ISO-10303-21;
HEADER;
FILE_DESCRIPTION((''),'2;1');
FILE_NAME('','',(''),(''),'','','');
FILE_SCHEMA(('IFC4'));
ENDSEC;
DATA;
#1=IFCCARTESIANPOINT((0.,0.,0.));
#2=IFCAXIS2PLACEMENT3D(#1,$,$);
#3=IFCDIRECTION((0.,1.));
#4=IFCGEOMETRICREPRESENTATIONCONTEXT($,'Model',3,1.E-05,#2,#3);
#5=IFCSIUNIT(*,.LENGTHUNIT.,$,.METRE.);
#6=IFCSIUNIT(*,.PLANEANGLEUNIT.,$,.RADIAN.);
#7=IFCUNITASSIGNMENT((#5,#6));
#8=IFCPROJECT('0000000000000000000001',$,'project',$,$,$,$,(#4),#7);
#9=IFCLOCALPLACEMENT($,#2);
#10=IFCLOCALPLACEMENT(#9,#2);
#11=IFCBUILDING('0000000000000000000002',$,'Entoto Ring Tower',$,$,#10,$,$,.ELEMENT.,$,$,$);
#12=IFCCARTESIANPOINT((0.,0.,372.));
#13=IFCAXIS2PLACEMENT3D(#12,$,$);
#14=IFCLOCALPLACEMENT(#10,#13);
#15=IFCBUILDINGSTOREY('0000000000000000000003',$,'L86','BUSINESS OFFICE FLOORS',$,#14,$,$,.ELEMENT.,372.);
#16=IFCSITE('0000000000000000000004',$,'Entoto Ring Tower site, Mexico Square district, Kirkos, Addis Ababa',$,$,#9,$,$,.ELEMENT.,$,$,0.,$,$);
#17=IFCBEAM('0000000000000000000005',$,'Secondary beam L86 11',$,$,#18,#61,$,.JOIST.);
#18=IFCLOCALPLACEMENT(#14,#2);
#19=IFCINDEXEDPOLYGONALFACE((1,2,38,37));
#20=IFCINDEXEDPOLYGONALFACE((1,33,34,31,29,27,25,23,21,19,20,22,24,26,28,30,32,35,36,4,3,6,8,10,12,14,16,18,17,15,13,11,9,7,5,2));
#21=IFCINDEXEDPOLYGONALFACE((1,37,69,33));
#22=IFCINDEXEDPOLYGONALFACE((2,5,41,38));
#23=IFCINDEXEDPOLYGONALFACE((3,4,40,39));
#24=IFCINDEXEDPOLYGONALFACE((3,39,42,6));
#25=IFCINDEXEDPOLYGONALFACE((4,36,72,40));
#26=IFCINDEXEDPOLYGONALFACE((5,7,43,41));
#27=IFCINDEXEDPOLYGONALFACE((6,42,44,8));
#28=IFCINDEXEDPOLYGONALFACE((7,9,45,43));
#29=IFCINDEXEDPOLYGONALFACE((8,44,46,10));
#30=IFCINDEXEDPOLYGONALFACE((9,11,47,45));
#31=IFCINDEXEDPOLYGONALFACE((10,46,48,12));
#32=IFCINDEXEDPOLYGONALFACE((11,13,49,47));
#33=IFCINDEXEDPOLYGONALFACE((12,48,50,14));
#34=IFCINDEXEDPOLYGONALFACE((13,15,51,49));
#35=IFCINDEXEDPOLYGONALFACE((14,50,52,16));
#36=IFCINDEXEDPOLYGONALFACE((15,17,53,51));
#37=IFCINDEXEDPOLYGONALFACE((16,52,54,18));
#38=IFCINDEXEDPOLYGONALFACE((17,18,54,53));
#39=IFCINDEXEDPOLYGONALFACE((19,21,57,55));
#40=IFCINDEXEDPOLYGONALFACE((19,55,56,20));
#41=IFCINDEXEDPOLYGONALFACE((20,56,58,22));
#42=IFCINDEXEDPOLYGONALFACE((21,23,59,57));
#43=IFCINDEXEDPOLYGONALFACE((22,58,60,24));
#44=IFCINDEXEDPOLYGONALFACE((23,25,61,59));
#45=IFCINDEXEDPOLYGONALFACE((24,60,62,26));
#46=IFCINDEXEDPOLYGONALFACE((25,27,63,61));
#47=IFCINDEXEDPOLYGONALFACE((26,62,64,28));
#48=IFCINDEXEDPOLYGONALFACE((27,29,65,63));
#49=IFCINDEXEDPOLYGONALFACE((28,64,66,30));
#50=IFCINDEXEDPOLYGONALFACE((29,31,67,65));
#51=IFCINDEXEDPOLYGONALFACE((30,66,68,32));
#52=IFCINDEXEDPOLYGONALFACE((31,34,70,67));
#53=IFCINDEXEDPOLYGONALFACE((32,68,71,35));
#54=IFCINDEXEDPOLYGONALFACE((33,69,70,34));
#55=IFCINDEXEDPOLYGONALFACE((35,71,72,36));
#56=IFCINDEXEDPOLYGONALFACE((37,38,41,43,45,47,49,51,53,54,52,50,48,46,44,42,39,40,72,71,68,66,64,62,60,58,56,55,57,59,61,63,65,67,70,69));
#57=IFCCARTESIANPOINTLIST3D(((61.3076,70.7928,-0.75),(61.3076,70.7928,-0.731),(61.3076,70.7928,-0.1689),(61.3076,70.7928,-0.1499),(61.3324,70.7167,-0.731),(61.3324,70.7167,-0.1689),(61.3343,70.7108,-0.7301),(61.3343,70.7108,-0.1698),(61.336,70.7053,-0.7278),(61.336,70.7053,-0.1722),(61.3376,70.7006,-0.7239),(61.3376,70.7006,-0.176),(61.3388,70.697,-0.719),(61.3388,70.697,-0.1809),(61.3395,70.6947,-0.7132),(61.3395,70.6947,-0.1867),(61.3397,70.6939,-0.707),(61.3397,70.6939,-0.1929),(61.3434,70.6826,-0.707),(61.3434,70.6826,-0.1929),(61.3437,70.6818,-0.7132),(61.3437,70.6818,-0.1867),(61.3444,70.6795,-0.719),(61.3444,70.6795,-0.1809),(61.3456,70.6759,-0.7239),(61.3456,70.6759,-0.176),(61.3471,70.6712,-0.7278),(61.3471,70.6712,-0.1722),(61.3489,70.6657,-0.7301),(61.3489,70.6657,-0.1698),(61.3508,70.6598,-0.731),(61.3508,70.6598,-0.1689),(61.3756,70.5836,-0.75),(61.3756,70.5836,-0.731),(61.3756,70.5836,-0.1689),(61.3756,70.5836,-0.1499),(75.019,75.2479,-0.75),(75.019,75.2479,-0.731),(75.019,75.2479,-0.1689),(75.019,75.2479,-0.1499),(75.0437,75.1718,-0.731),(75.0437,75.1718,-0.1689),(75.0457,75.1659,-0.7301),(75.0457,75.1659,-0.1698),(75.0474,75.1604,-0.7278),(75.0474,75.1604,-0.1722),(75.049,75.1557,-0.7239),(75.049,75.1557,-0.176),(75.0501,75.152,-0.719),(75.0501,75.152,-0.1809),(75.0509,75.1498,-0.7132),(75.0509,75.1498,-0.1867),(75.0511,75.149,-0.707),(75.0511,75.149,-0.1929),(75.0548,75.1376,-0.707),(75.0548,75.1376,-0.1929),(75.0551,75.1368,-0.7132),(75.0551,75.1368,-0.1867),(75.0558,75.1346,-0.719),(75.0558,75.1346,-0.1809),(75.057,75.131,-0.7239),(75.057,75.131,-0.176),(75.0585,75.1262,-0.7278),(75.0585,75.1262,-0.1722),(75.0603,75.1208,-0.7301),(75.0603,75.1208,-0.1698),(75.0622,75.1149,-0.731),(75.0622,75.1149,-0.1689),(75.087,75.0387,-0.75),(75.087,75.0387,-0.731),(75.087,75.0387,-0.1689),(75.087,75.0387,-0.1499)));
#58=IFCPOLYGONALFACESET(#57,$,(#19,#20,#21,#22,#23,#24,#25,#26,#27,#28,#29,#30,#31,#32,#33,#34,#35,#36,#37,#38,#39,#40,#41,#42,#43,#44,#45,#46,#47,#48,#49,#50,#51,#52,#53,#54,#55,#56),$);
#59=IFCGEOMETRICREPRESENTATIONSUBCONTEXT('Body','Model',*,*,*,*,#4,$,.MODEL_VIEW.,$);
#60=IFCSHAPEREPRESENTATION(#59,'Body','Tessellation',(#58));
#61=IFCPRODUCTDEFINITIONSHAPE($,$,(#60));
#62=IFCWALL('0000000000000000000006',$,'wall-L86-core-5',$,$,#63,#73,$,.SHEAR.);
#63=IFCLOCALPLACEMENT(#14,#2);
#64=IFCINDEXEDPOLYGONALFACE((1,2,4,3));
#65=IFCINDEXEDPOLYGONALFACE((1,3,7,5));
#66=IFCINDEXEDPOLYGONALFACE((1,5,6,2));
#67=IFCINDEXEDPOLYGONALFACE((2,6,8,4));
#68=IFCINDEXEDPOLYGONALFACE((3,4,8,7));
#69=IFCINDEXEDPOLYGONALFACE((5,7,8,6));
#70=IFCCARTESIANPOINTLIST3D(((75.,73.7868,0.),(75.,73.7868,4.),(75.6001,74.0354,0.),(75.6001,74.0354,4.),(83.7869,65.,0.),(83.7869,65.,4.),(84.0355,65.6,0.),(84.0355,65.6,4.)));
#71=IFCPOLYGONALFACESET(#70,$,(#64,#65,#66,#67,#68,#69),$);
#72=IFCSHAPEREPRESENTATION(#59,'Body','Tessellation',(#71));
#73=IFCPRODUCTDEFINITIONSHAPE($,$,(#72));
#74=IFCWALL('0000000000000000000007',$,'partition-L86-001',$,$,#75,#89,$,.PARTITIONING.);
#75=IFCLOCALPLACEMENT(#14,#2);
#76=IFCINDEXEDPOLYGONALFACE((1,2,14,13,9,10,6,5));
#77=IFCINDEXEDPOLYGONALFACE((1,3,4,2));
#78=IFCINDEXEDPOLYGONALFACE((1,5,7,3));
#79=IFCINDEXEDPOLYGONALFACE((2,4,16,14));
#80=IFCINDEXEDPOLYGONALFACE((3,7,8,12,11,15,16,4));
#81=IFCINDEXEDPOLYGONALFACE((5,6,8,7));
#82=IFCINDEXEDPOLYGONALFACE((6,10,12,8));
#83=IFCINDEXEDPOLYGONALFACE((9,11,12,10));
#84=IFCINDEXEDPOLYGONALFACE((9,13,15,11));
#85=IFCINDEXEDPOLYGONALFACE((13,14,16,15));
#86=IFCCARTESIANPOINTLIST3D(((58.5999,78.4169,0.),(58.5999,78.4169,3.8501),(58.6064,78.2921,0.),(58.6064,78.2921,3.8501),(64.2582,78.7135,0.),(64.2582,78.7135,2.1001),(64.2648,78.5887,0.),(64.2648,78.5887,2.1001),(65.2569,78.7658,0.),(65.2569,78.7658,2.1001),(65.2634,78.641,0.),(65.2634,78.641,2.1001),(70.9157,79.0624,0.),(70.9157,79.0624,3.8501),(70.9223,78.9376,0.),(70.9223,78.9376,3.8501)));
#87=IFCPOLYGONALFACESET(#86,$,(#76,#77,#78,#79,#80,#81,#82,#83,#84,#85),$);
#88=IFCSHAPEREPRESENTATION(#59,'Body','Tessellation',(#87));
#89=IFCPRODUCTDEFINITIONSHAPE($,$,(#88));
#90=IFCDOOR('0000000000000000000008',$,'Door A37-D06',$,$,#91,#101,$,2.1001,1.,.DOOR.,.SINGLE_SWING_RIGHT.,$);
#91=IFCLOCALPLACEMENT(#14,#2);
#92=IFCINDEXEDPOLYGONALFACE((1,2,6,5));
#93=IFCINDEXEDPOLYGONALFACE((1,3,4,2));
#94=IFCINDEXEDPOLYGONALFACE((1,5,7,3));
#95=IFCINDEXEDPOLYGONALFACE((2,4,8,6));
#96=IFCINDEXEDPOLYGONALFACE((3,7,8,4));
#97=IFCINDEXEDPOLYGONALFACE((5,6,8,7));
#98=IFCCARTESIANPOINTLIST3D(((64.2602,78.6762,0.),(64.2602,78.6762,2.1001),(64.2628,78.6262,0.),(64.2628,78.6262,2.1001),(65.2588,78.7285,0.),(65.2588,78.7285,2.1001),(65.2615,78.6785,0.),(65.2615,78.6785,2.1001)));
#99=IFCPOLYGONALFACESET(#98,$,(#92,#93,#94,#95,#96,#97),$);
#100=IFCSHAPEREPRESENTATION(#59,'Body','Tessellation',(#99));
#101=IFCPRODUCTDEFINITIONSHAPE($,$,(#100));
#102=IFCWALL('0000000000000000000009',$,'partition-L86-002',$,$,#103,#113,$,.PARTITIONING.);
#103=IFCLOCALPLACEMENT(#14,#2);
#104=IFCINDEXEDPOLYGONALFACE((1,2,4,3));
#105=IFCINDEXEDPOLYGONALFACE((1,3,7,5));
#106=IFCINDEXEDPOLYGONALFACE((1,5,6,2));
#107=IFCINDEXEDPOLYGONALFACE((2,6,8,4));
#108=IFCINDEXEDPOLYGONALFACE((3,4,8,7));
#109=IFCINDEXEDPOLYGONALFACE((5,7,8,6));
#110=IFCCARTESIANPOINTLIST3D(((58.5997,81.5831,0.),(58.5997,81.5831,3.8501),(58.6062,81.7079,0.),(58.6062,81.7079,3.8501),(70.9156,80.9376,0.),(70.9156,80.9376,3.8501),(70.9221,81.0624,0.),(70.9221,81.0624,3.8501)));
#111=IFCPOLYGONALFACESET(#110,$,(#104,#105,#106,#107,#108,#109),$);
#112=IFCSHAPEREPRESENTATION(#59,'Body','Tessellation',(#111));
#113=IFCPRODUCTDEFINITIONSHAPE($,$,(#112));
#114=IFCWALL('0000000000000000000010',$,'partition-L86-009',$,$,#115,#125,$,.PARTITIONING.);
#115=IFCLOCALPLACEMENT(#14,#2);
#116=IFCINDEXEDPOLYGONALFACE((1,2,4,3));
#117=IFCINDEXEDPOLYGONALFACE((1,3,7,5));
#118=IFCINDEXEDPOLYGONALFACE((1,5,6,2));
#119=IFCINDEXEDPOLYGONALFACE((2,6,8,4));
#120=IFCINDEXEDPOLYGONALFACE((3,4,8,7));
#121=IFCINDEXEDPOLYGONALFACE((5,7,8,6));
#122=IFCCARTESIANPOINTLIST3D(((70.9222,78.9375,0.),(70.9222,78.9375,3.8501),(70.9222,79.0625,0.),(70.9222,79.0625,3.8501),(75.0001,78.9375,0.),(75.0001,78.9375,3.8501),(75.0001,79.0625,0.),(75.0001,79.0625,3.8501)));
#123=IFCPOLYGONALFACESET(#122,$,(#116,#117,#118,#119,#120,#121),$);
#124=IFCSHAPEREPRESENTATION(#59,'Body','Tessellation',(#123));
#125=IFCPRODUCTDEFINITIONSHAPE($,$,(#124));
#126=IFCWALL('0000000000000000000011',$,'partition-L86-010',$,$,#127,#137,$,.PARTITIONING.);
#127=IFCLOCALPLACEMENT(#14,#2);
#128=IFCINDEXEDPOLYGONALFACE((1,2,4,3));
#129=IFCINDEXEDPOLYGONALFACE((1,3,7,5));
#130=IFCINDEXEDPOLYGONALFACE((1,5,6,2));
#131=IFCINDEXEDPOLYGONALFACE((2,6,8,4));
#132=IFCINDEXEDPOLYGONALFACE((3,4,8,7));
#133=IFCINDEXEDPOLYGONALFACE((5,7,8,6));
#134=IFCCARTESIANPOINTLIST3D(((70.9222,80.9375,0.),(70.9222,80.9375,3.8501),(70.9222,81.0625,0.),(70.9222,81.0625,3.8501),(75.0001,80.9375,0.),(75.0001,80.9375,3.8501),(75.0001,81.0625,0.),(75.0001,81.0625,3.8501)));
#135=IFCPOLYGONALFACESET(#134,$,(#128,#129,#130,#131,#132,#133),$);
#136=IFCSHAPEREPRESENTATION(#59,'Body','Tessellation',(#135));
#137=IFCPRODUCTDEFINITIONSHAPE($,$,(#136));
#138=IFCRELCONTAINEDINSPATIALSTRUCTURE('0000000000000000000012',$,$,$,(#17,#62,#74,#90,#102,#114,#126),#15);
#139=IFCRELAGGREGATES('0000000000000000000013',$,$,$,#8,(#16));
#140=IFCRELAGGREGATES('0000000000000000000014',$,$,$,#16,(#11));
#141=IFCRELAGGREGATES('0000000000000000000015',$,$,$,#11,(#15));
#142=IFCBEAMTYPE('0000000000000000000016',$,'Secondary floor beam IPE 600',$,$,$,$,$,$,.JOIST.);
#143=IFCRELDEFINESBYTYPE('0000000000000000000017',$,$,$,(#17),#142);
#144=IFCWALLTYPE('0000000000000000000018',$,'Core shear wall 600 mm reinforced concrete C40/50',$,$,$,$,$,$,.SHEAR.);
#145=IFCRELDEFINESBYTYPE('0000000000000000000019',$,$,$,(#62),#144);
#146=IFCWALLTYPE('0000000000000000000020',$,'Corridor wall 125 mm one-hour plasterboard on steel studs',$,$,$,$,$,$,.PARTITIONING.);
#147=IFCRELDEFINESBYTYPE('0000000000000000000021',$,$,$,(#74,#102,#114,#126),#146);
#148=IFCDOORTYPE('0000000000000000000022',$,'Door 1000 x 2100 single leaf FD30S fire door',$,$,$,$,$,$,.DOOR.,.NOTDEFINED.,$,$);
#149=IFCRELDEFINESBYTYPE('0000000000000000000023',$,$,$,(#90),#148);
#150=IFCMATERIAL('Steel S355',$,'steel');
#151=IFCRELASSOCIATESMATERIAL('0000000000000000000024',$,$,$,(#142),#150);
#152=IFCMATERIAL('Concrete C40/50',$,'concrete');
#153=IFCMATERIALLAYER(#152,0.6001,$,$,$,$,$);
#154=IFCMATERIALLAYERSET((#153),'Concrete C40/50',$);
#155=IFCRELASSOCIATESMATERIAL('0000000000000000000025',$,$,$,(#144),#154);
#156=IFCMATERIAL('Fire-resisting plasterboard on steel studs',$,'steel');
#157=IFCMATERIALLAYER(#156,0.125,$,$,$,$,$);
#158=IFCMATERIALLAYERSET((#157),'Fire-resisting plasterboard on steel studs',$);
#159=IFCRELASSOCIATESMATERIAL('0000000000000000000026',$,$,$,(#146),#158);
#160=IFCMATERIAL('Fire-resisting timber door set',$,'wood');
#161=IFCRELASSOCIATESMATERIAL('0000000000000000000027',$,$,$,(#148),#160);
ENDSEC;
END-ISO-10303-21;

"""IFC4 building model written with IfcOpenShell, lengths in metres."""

from ifc_helpers import new_model, si_unit, direction, frame, frame_2d, origin, origin_2d, place, context, subcontext, project, spatial, polyline, rectangle, i_section, outline, extrude, material, layer, layer_set, material_profile, profile_set, type_object, element, fill, save


model = new_model("IFC4")

# Units and contexts
model_context = context("Model", 3, precision=1e-05, world=origin(), true_north=direction((0.0, 1.0)))
body_context = subcontext(model_context, "Body", "Model", "MODEL_VIEW")
ifc_project = project(units=[si_unit("LENGTHUNIT", "METRE"), si_unit("PLANEANGLEUNIT", "RADIAN")], contexts=[model_context])

# Site, building, storey
site_placement = place(None, origin())
site = spatial("IfcSite", under=ifc_project, at=site_placement, Name="Entoto Ring Tower site, Mexico Square district, Kirkos, Addis Ababa", CompositionType="ELEMENT", RefElevation=0.0)
building_placement = place(site_placement, origin())
building = spatial("IfcBuilding", under=site, at=building_placement, Name="Entoto Ring Tower", CompositionType="ELEMENT")
storey_placement = place(building_placement, frame((0.0, 0.0, 372.0)))
storey = spatial("IfcBuildingStorey", under=building, at=storey_placement, Name="L86", Description="BUSINESS OFFICE FLOORS", CompositionType="ELEMENT", Elevation=372.0)

# Beam
ifc_material_1 = material(Name="Steel S355", Category="steel")
ifc_material_profile_1 = material_profile(ifc_material_1, i_section(OverallWidth=0.22, OverallDepth=0.6001, WebThickness=0.012, FlangeThickness=0.019, FilletRadius=0.0239, at=origin_2d()), Name="IPE 600")
ifc_profile_set_1 = profile_set([ifc_material_profile_1], Name="Steel S355")
beam_type_1 = type_object("IfcBeamType", Name="Secondary floor beam IPE 600", PredefinedType="JOIST", material=ifc_profile_set_1)
beam_1_placement = place(storey_placement, frame((75.053, 75.1433, -0.45), z_axis=(-0.951057, -0.309015, 0.0), x_axis=(0.309015, -0.951057, 0.0)))
element("IfcBeam", 1, at=beam_1_placement, inside=storey, type_object=beam_type_1, Name="Secondary beam L86 11", PredefinedType="JOIST", context=body_context, shape_type="SweptSolid", body=[
    extrude(i_section(OverallWidth=0.22, OverallDepth=0.6001, WebThickness=0.012, FlangeThickness=0.019, FilletRadius=0.0239, at=origin_2d()), origin(), (0.0, 0.0, 1.0), 14.417),
])

# Wall
ifc_material_2 = material(Name="Concrete C40/50", Category="concrete")
ifc_layer_1 = layer(ifc_material_2, 0.6001)
ifc_layer_set_1 = layer_set([ifc_layer_1], Name="Concrete C40/50")
wall_type_1 = type_object("IfcWallType", Name="Core shear wall 600 mm reinforced concrete C40/50", PredefinedType="SHEAR", material=ifc_layer_set_1)
wall_1_placement = place(storey_placement, frame((75.3, 73.9111, 0.0), z_axis=(0.0, 0.0, 1.0), x_axis=(0.707107, -0.707107, 0.0)))
element("IfcWall", 2, at=wall_1_placement, inside=storey, type_object=wall_type_1, Name="wall-L86-core-5", PredefinedType="SHEAR", context=body_context, shape_type="SweptSolid", body=[
    extrude(outline(polyline([(-0.1243, -0.3), (12.3022, -0.3), (12.0537, 0.3), (0.1243, 0.3), (-0.1243, -0.3)])), origin(), (0.0, 0.0, 1.0), 4.0),
])

# Wall, opening, door
ifc_material_3 = material(Name="Fire-resisting plasterboard on steel studs", Category="steel")
ifc_layer_2 = layer(ifc_material_3, 0.125)
ifc_layer_set_2 = layer_set([ifc_layer_2], Name="Fire-resisting plasterboard on steel studs")
wall_type_2 = type_object("IfcWallType", Name="Corridor wall 125 mm one-hour plasterboard on steel studs", PredefinedType="PARTITIONING", material=ifc_layer_set_2)
wall_2_placement = place(storey_placement, frame((58.603, 78.3545, 0.0), z_axis=(0.0, 0.0, 1.0), x_axis=(0.998629, 0.052341, 0.0)))
wall_2 = element("IfcWall", 3, at=wall_2_placement, inside=storey, type_object=wall_type_2, Name="partition-L86-001", PredefinedType="PARTITIONING", context=body_context, shape_type="SweptSolid", body=[
    extrude(rectangle(XDim=12.3328, YDim=0.125, at=frame_2d((6.1665, 0.0))), origin(), (0.0, 0.0, 1.0), 3.8501),
])
opening_placement = place(wall_2_placement, frame((5.6663, 0.0, 0.0)))
opening = element("IfcOpeningElement", 4, at=opening_placement, cuts=wall_2, PredefinedType="OPENING", context=body_context, shape_type="SweptSolid", body=[
    extrude(rectangle(XDim=1.0, YDim=2.1001, at=frame_2d((0.5, 1.05))), frame((0.0, 0.0725, 0.0), z_axis=(0.0, -1.0, 0.0), x_axis=(1.0, 0.0, 0.0)), (0.0, 0.0, 1.0), 0.145),
])
ifc_material_4 = material(Name="Fire-resisting timber door set", Category="wood")
door_type = type_object("IfcDoorType", Name="Door 1000 x 2100 single leaf FD30S fire door", OperationType="NOTDEFINED", PredefinedType="DOOR", material=ifc_material_4)
door_placement = place(opening_placement, frame((1.0, 0.0, 0.0), z_axis=(0.0, 0.0, 1.0), x_axis=(-1.0, 0.0, 0.0)))
door = element("IfcDoor", 5, at=door_placement, inside=storey, type_object=door_type, Name="Door A37-D06", OperationType="SINGLE_SWING_RIGHT", OverallHeight=2.1001, OverallWidth=1.0, PredefinedType="DOOR", context=body_context, shape_type="SweptSolid", body=[
    extrude(rectangle(XDim=1.0, YDim=2.1001, at=frame_2d((0.5, 1.05))), frame((0.0, 0.0249, 0.0), z_axis=(0.0, -1.0, 0.0), x_axis=(1.0, 0.0, 0.0)), (0.0, 0.0, 1.0), 0.05),
])
fill(opening, door)

# Walls
wall_3_placement = place(storey_placement, frame((70.9189, 81.0, 0.0), z_axis=(0.0, 0.0, 1.0), x_axis=(-0.998629, 0.052341, 0.0)))
element("IfcWall", 6, at=wall_3_placement, inside=storey, type_object=wall_type_2, Name="partition-L86-002", PredefinedType="PARTITIONING", context=body_context, shape_type="SweptSolid", body=[
    extrude(rectangle(XDim=12.3328, YDim=0.125, at=frame_2d((6.1665, 0.0))), origin(), (0.0, 0.0, 1.0), 3.8501),
])
for number, where, z_axis, x_axis, name in (
    (7, (70.9221, 79.0, 0.0), (0.0, 0.0, 1.0), (1.0, 0.0, 0.0), "partition-L86-009"),
    (8, (70.9221, 81.0, 0.0), (0.0, 0.0, 1.0), (1.0, 0.0, 0.0), "partition-L86-010"),
):
    element("IfcWall", number, at=place(storey_placement, frame(where, z_axis=z_axis, x_axis=x_axis)), inside=storey, type_object=wall_type_2, Name=name, PredefinedType="PARTITIONING", context=body_context, shape_type="SweptSolid", body=[
        extrude(rectangle(XDim=4.0779, YDim=0.125, at=frame_2d((2.0391, 0.0))), origin(), (0.0, 0.0, 1.0), 3.8501),
    ])

save(model, "model.ifc")
